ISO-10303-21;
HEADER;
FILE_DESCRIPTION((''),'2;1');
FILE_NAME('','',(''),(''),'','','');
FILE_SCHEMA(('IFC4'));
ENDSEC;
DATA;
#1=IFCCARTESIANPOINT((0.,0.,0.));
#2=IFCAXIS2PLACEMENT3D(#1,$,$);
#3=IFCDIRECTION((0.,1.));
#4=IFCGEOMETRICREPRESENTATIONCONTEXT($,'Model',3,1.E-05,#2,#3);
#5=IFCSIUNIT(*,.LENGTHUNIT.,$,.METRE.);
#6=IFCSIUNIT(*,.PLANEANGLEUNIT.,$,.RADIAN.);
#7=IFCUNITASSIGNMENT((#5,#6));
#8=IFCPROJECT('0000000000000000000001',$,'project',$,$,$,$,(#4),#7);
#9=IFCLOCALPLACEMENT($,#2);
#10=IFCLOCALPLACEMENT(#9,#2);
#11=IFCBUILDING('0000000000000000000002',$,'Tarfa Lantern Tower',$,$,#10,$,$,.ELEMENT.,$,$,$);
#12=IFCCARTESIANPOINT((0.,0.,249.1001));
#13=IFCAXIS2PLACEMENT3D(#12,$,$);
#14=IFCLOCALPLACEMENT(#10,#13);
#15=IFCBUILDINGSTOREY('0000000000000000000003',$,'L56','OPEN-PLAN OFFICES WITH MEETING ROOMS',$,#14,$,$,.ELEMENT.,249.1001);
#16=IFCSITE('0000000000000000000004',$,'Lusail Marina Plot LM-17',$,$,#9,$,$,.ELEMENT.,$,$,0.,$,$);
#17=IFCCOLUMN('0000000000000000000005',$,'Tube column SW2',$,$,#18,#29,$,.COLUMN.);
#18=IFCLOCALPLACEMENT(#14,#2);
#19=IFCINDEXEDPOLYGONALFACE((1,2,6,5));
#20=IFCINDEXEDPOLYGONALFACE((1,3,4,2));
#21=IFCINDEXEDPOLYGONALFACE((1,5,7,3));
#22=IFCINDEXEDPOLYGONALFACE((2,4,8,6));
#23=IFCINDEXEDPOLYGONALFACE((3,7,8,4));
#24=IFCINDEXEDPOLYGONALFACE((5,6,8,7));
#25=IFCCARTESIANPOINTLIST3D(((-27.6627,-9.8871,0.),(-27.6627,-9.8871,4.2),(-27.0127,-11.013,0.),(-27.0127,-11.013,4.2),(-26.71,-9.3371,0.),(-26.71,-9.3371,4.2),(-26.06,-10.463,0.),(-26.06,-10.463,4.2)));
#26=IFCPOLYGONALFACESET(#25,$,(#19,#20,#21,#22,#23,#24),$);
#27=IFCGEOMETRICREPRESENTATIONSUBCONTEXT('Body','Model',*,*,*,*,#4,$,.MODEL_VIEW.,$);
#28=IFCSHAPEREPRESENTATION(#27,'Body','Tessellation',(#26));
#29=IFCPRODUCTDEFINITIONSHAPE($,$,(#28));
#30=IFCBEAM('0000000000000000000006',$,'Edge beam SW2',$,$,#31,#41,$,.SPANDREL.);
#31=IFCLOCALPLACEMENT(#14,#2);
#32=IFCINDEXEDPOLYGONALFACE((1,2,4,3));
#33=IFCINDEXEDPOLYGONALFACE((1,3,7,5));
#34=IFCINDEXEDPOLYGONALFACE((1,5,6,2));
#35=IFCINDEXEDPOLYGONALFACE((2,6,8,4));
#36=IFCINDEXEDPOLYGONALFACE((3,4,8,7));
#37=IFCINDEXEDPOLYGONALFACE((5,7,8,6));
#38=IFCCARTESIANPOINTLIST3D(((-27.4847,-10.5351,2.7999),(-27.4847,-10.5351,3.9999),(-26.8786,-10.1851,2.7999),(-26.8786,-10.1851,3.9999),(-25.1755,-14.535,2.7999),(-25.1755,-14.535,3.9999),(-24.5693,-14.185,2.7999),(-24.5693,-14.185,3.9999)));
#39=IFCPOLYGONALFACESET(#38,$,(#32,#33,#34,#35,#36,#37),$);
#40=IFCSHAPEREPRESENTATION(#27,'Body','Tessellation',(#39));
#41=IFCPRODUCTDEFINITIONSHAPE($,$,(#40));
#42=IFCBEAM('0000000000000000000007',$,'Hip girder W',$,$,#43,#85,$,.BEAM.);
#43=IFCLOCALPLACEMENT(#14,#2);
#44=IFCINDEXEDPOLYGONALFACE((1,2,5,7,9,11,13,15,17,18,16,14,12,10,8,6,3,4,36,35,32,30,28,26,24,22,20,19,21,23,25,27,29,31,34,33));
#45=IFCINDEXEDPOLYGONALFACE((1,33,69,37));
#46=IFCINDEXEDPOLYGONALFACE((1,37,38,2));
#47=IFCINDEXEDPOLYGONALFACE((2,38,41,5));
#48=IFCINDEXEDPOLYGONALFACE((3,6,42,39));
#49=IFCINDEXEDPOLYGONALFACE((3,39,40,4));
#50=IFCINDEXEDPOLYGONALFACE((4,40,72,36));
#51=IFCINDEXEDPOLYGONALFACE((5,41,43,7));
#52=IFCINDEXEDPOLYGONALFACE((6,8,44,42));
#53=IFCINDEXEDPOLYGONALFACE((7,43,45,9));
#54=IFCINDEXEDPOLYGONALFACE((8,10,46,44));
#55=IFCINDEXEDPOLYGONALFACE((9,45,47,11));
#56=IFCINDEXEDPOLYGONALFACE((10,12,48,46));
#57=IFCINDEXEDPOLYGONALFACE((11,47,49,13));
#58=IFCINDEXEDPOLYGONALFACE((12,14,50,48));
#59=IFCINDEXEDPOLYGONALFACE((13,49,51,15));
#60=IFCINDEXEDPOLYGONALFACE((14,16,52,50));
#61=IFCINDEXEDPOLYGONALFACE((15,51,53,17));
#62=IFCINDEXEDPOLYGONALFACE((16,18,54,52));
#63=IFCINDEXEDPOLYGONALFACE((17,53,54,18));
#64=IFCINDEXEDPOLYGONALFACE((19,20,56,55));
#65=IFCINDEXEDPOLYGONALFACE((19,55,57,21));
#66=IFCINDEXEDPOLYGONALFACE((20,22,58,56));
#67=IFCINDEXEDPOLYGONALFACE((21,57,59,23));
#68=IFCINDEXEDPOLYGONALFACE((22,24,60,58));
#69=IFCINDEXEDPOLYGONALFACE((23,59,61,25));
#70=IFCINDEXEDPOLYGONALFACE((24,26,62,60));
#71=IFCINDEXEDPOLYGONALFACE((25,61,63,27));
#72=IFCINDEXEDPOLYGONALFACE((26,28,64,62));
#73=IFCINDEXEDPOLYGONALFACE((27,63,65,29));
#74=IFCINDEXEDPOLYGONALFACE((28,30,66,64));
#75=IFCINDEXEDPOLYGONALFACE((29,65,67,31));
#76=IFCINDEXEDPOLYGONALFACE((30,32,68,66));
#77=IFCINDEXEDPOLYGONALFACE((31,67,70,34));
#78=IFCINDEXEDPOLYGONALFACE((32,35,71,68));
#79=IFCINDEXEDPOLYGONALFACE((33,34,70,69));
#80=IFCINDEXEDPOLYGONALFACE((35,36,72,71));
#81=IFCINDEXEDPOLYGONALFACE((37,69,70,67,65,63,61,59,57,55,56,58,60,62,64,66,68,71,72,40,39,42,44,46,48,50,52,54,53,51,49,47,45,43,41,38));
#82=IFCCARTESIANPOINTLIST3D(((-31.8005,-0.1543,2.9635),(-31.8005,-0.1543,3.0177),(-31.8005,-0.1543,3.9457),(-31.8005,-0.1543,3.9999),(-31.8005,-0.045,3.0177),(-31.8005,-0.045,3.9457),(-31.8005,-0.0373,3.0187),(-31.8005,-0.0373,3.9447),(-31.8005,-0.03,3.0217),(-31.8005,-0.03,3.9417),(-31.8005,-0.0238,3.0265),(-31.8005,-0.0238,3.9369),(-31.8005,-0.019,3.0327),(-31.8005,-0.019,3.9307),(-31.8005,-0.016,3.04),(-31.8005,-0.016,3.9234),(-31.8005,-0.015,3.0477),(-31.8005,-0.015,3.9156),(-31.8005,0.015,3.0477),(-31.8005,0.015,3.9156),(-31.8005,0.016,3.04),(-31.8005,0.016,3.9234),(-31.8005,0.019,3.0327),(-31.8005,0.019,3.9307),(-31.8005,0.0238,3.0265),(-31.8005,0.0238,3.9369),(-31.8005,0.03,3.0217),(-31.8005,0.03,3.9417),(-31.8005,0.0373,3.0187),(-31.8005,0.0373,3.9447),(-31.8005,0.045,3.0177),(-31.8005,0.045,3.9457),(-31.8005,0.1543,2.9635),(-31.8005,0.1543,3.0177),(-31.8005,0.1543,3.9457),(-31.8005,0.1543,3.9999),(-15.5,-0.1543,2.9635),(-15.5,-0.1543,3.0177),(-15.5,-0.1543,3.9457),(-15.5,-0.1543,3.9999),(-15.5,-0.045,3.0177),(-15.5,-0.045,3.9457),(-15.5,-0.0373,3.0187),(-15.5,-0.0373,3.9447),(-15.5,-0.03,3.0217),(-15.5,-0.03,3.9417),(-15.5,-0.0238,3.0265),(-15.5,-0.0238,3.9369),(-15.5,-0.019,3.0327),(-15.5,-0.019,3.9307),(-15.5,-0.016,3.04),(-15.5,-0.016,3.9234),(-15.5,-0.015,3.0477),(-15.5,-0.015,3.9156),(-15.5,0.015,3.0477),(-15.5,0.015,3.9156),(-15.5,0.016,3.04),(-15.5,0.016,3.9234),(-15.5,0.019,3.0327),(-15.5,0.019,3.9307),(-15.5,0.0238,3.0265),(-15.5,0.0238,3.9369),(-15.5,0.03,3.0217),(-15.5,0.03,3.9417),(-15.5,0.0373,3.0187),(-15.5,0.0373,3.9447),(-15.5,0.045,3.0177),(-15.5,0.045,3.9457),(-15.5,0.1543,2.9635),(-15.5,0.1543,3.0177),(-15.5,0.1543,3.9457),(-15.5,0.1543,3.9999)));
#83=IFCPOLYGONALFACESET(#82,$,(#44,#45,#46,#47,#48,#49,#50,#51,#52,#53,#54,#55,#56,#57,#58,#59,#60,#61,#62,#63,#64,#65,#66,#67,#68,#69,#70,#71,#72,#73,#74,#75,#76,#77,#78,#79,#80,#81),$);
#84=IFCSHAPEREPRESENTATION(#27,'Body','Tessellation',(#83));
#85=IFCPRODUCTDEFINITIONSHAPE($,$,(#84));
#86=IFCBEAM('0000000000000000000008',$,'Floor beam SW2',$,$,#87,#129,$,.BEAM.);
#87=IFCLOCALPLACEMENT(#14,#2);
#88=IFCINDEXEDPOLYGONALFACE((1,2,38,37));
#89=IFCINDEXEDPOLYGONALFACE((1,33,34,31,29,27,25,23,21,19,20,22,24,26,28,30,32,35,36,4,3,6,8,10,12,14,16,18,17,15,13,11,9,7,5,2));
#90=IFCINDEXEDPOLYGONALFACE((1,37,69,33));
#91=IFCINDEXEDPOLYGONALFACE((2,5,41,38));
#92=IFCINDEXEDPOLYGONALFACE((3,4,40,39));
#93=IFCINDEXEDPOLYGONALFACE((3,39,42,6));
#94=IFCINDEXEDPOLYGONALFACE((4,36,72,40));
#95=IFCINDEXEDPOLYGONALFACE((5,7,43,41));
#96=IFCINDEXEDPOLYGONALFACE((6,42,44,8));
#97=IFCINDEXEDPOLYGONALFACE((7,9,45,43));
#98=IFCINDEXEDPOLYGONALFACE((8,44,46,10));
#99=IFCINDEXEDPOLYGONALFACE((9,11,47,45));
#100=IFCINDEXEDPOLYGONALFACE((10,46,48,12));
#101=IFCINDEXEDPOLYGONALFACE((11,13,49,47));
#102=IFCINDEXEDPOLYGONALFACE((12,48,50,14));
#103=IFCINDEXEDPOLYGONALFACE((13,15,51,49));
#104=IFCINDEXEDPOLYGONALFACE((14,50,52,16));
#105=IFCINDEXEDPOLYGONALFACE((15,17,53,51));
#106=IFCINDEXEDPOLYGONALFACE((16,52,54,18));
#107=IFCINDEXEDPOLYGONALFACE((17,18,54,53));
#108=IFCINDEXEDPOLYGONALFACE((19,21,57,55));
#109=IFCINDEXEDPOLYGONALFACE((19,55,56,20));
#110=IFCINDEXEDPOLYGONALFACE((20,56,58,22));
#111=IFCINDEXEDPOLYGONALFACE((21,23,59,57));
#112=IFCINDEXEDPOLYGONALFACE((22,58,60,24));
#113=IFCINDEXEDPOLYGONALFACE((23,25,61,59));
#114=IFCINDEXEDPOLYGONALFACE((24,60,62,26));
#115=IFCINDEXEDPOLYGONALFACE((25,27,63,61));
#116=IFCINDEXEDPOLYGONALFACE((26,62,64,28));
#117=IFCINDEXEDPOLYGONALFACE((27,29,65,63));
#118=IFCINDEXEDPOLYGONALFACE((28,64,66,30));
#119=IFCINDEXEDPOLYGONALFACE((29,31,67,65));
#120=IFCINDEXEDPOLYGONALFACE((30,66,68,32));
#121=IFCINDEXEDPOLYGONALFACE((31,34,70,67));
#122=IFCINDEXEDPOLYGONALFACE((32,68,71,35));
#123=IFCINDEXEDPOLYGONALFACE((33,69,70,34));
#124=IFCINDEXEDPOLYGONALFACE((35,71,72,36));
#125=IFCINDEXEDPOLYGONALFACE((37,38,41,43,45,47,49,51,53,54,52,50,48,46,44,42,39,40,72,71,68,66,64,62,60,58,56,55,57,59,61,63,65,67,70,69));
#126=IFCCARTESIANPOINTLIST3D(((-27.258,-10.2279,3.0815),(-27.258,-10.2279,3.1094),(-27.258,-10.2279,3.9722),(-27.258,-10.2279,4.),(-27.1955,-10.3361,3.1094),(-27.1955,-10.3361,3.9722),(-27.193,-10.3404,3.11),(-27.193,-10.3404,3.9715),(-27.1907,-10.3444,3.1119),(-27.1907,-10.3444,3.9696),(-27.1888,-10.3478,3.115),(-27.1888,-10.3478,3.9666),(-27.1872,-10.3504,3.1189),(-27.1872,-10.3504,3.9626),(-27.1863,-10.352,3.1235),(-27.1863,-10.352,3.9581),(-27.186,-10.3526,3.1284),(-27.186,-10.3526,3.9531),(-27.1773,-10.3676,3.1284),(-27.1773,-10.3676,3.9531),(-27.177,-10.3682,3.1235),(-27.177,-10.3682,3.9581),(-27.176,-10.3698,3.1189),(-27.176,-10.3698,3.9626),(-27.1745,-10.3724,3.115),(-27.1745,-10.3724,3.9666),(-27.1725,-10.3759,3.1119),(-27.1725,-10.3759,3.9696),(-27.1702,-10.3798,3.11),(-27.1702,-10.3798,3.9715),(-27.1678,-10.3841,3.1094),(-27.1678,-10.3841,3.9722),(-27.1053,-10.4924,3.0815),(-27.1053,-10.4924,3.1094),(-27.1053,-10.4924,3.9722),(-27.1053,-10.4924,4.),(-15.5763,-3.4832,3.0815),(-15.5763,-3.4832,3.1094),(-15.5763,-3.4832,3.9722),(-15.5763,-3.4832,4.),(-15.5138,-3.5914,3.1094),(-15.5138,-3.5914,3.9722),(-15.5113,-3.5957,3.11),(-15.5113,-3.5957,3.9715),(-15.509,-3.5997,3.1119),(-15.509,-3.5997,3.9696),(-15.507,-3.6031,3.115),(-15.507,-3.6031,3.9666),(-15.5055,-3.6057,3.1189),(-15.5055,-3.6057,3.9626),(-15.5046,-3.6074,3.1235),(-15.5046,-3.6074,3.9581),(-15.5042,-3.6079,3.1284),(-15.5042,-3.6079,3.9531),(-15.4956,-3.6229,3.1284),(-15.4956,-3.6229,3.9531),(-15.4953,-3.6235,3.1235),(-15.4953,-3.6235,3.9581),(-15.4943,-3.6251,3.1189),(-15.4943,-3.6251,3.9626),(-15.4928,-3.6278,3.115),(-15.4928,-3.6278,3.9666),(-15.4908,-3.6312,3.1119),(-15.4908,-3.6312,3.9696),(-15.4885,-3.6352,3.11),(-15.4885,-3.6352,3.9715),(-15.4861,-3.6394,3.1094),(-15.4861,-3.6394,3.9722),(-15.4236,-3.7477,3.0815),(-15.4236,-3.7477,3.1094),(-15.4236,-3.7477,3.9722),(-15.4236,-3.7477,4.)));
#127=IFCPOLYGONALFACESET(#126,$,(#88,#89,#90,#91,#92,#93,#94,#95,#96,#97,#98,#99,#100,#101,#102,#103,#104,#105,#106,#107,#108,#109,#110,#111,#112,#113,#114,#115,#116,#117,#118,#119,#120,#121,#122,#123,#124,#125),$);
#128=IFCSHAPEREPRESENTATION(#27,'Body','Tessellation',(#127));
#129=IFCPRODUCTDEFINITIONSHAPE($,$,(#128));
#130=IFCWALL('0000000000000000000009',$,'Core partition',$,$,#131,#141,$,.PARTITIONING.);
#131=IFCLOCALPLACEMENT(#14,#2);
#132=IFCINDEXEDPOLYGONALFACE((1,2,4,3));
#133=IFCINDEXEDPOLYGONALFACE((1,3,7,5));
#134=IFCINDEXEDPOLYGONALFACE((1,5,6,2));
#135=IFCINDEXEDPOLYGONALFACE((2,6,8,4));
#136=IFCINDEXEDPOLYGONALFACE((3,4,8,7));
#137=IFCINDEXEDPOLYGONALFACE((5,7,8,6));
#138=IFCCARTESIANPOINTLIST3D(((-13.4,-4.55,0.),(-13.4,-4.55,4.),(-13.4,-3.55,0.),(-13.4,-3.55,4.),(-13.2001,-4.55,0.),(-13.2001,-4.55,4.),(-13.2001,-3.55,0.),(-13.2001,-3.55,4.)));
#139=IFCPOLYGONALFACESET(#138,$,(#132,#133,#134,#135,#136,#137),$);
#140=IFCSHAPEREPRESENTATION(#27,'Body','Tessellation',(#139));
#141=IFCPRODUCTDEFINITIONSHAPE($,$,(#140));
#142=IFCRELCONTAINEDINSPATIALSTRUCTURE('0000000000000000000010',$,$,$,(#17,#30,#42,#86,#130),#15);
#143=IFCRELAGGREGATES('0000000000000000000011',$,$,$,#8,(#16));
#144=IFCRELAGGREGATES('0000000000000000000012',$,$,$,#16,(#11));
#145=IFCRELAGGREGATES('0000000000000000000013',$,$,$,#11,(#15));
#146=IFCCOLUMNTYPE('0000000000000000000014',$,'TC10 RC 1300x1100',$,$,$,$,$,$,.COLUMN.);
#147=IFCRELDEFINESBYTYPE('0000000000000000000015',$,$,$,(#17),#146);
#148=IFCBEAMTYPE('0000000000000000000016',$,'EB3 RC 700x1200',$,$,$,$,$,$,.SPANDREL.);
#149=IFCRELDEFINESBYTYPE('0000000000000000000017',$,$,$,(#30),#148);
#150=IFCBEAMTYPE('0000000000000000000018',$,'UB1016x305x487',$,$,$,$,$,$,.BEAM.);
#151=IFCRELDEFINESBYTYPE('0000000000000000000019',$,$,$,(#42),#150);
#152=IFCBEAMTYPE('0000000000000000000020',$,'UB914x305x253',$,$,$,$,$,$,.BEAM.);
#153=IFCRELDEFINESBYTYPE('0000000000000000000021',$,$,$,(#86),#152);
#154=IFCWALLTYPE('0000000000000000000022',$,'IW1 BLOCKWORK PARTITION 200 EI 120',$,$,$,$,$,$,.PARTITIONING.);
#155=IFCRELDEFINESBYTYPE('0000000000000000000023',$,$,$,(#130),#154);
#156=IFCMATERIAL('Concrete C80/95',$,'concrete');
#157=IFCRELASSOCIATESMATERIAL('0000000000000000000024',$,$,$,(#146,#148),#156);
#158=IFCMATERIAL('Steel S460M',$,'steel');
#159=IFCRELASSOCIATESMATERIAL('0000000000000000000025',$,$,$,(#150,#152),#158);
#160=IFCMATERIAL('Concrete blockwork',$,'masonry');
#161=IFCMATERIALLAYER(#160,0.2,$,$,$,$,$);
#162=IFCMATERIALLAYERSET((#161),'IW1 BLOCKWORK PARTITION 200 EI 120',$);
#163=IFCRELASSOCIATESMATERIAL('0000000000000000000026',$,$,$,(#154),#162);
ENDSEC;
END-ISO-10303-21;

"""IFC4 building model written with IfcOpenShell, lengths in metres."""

from ifc_helpers import new_model, si_unit, direction, frame, frame_2d, origin, origin_2d, place, context, subcontext, project, spatial, rectangle, i_section, extrude, material, layer, layer_set, material_profile, profile_set, type_object, element, save


model = new_model("IFC4")

# Units and contexts
model_context = context("Model", 3, precision=1e-05, world=origin(), true_north=direction((0.0, 1.0)))
body_context = subcontext(model_context, "Body", "Model", "MODEL_VIEW")
ifc_project = project(units=[si_unit("LENGTHUNIT", "METRE"), si_unit("PLANEANGLEUNIT", "RADIAN")], contexts=[model_context])

# Site, building, storey
site_placement = place(None, origin())
site = spatial("IfcSite", under=ifc_project, at=site_placement, Name="Lusail Marina Plot LM-17", CompositionType="ELEMENT", RefElevation=0.0)
building_placement = place(site_placement, origin())
building = spatial("IfcBuilding", under=site, at=building_placement, Name="Tarfa Lantern Tower", CompositionType="ELEMENT")
storey_placement = place(building_placement, frame((0.0, 0.0, 249.1001)))
storey = spatial("IfcBuildingStorey", under=building, at=storey_placement, Name="L56", Description="OPEN-PLAN OFFICES WITH MEETING ROOMS", CompositionType="ELEMENT", Elevation=249.1001)

# Column
ifc_material_1 = material(Name="Concrete C80/95", Category="concrete")
ifc_material_profile_1 = material_profile(ifc_material_1, rectangle(XDim=1.3, YDim=1.1001, at=origin_2d()), Name="RC 1300x1100")
ifc_profile_set_1 = profile_set([ifc_material_profile_1], Name="Concrete C80/95")
column_type = type_object("IfcColumnType", Name="TC10 RC 1300x1100", PredefinedType="COLUMN", material=ifc_profile_set_1)
column_placement = place(storey_placement, frame((-26.8613, -10.175, 0.0), z_axis=(0.0, 0.0, 1.0), x_axis=(0.5, -0.866025, 0.0)))
element("IfcColumn", 1, at=column_placement, inside=storey, type_object=column_type, Name="Tube column SW2", PredefinedType="COLUMN", context=body_context, shape_type="SweptSolid", body=[
    extrude(rectangle(XDim=1.3, YDim=1.1001, at=origin_2d()), origin(), (0.0, 0.0, 1.0), 4.2),
])

# Beams
ifc_material_profile_2 = material_profile(ifc_material_1, rectangle(XDim=0.7, YDim=1.2, at=origin_2d()), Name="RC 700x1200")
ifc_profile_set_2 = profile_set([ifc_material_profile_2], Name="Concrete C80/95")
beam_type_1 = type_object("IfcBeamType", Name="EB3 RC 700x1200", PredefinedType="SPANDREL", material=ifc_profile_set_2)
beam_1_placement = place(storey_placement, frame((-27.1816, -10.3601, 3.3999), z_axis=(0.499988, -0.866032, 0.0), x_axis=(0.866032, 0.499988, 0.0)))
element("IfcBeam", 2, at=beam_1_placement, inside=storey, type_object=beam_type_1, Name="Edge beam SW2", PredefinedType="SPANDREL", context=body_context, shape_type="SweptSolid", body=[
    extrude(rectangle(XDim=0.7, YDim=1.2, at=origin_2d()), origin(), (0.0, 0.0, 1.0), 4.6187),
])
ifc_material_2 = material(Name="Steel S460M", Category="steel")
ifc_material_profile_3 = material_profile(ifc_material_2, i_section(OverallWidth=0.3086, OverallDepth=1.0364, WebThickness=0.03, FlangeThickness=0.0542, FilletRadius=0.03, at=origin_2d()), Name="UB1016x305x487")
ifc_profile_set_3 = profile_set([ifc_material_profile_3], Name="Steel S460M")
beam_type_2 = type_object("IfcBeamType", Name="UB1016x305x487", PredefinedType="BEAM", material=ifc_profile_set_3)
beam_2_placement = place(storey_placement, frame((-15.5, 0.0, 3.4817), z_axis=(-1.0, 0.0, 0.0), x_axis=(0.0, -1.0, 0.0)))
element("IfcBeam", 3, at=beam_2_placement, inside=storey, type_object=beam_type_2, Name="Hip girder W", PredefinedType="BEAM", context=body_context, shape_type="SweptSolid", body=[
    extrude(i_section(OverallWidth=0.3086, OverallDepth=1.0364, WebThickness=0.03, FlangeThickness=0.0542, FilletRadius=0.03, at=origin_2d()), origin(), (0.0, 0.0, 1.0), 16.3005),
])
ifc_material_profile_4 = material_profile(ifc_material_2, i_section(OverallWidth=0.3054, OverallDepth=0.9185, WebThickness=0.0173, FlangeThickness=0.0278, FilletRadius=0.019, at=origin_2d()), Name="UB914x305x253")
ifc_profile_set_4 = profile_set([ifc_material_profile_4], Name="Steel S460M")
beam_type_3 = type_object("IfcBeamType", Name="UB914x305x253", PredefinedType="BEAM", material=ifc_profile_set_4)
beam_3_placement = place(storey_placement, frame((-27.1816, -10.3601, 3.5408), z_axis=(0.866018, 0.500013, 0.0), x_axis=(-0.500013, 0.866018, 0.0)))
element("IfcBeam", 4, at=beam_3_placement, inside=storey, type_object=beam_type_3, Name="Floor beam SW2", PredefinedType="BEAM", context=body_context, shape_type="SweptSolid", body=[
    extrude(i_section(OverallWidth=0.3054, OverallDepth=0.9185, WebThickness=0.0173, FlangeThickness=0.0278, FilletRadius=0.019, at=origin_2d()), origin(), (0.0, 0.0, 1.0), 13.489),
])

# Wall
ifc_material_3 = material(Name="Concrete blockwork", Category="masonry")
ifc_layer_1 = layer(ifc_material_3, 0.2)
ifc_layer_set_1 = layer_set([ifc_layer_1], Name="IW1 BLOCKWORK PARTITION 200 EI 120")
wall_type_1 = type_object("IfcWallType", Name="IW1 BLOCKWORK PARTITION 200 EI 120", PredefinedType="PARTITIONING", material=ifc_layer_set_1)
wall_1_placement = place(storey_placement, frame((-13.3, -3.55, 0.0), z_axis=(0.0, 0.0, 1.0), x_axis=(0.0, -1.0, 0.0)))
element("IfcWall", 5, at=wall_1_placement, inside=storey, type_object=wall_type_1, Name="Core partition", PredefinedType="PARTITIONING", context=body_context, shape_type="SweptSolid", body=[
    extrude(rectangle(XDim=1.0, YDim=0.2, at=frame_2d((0.5, 0.0))), origin(), (0.0, 0.0, 1.0), 4.0),
])

save(model, "model.ifc")
